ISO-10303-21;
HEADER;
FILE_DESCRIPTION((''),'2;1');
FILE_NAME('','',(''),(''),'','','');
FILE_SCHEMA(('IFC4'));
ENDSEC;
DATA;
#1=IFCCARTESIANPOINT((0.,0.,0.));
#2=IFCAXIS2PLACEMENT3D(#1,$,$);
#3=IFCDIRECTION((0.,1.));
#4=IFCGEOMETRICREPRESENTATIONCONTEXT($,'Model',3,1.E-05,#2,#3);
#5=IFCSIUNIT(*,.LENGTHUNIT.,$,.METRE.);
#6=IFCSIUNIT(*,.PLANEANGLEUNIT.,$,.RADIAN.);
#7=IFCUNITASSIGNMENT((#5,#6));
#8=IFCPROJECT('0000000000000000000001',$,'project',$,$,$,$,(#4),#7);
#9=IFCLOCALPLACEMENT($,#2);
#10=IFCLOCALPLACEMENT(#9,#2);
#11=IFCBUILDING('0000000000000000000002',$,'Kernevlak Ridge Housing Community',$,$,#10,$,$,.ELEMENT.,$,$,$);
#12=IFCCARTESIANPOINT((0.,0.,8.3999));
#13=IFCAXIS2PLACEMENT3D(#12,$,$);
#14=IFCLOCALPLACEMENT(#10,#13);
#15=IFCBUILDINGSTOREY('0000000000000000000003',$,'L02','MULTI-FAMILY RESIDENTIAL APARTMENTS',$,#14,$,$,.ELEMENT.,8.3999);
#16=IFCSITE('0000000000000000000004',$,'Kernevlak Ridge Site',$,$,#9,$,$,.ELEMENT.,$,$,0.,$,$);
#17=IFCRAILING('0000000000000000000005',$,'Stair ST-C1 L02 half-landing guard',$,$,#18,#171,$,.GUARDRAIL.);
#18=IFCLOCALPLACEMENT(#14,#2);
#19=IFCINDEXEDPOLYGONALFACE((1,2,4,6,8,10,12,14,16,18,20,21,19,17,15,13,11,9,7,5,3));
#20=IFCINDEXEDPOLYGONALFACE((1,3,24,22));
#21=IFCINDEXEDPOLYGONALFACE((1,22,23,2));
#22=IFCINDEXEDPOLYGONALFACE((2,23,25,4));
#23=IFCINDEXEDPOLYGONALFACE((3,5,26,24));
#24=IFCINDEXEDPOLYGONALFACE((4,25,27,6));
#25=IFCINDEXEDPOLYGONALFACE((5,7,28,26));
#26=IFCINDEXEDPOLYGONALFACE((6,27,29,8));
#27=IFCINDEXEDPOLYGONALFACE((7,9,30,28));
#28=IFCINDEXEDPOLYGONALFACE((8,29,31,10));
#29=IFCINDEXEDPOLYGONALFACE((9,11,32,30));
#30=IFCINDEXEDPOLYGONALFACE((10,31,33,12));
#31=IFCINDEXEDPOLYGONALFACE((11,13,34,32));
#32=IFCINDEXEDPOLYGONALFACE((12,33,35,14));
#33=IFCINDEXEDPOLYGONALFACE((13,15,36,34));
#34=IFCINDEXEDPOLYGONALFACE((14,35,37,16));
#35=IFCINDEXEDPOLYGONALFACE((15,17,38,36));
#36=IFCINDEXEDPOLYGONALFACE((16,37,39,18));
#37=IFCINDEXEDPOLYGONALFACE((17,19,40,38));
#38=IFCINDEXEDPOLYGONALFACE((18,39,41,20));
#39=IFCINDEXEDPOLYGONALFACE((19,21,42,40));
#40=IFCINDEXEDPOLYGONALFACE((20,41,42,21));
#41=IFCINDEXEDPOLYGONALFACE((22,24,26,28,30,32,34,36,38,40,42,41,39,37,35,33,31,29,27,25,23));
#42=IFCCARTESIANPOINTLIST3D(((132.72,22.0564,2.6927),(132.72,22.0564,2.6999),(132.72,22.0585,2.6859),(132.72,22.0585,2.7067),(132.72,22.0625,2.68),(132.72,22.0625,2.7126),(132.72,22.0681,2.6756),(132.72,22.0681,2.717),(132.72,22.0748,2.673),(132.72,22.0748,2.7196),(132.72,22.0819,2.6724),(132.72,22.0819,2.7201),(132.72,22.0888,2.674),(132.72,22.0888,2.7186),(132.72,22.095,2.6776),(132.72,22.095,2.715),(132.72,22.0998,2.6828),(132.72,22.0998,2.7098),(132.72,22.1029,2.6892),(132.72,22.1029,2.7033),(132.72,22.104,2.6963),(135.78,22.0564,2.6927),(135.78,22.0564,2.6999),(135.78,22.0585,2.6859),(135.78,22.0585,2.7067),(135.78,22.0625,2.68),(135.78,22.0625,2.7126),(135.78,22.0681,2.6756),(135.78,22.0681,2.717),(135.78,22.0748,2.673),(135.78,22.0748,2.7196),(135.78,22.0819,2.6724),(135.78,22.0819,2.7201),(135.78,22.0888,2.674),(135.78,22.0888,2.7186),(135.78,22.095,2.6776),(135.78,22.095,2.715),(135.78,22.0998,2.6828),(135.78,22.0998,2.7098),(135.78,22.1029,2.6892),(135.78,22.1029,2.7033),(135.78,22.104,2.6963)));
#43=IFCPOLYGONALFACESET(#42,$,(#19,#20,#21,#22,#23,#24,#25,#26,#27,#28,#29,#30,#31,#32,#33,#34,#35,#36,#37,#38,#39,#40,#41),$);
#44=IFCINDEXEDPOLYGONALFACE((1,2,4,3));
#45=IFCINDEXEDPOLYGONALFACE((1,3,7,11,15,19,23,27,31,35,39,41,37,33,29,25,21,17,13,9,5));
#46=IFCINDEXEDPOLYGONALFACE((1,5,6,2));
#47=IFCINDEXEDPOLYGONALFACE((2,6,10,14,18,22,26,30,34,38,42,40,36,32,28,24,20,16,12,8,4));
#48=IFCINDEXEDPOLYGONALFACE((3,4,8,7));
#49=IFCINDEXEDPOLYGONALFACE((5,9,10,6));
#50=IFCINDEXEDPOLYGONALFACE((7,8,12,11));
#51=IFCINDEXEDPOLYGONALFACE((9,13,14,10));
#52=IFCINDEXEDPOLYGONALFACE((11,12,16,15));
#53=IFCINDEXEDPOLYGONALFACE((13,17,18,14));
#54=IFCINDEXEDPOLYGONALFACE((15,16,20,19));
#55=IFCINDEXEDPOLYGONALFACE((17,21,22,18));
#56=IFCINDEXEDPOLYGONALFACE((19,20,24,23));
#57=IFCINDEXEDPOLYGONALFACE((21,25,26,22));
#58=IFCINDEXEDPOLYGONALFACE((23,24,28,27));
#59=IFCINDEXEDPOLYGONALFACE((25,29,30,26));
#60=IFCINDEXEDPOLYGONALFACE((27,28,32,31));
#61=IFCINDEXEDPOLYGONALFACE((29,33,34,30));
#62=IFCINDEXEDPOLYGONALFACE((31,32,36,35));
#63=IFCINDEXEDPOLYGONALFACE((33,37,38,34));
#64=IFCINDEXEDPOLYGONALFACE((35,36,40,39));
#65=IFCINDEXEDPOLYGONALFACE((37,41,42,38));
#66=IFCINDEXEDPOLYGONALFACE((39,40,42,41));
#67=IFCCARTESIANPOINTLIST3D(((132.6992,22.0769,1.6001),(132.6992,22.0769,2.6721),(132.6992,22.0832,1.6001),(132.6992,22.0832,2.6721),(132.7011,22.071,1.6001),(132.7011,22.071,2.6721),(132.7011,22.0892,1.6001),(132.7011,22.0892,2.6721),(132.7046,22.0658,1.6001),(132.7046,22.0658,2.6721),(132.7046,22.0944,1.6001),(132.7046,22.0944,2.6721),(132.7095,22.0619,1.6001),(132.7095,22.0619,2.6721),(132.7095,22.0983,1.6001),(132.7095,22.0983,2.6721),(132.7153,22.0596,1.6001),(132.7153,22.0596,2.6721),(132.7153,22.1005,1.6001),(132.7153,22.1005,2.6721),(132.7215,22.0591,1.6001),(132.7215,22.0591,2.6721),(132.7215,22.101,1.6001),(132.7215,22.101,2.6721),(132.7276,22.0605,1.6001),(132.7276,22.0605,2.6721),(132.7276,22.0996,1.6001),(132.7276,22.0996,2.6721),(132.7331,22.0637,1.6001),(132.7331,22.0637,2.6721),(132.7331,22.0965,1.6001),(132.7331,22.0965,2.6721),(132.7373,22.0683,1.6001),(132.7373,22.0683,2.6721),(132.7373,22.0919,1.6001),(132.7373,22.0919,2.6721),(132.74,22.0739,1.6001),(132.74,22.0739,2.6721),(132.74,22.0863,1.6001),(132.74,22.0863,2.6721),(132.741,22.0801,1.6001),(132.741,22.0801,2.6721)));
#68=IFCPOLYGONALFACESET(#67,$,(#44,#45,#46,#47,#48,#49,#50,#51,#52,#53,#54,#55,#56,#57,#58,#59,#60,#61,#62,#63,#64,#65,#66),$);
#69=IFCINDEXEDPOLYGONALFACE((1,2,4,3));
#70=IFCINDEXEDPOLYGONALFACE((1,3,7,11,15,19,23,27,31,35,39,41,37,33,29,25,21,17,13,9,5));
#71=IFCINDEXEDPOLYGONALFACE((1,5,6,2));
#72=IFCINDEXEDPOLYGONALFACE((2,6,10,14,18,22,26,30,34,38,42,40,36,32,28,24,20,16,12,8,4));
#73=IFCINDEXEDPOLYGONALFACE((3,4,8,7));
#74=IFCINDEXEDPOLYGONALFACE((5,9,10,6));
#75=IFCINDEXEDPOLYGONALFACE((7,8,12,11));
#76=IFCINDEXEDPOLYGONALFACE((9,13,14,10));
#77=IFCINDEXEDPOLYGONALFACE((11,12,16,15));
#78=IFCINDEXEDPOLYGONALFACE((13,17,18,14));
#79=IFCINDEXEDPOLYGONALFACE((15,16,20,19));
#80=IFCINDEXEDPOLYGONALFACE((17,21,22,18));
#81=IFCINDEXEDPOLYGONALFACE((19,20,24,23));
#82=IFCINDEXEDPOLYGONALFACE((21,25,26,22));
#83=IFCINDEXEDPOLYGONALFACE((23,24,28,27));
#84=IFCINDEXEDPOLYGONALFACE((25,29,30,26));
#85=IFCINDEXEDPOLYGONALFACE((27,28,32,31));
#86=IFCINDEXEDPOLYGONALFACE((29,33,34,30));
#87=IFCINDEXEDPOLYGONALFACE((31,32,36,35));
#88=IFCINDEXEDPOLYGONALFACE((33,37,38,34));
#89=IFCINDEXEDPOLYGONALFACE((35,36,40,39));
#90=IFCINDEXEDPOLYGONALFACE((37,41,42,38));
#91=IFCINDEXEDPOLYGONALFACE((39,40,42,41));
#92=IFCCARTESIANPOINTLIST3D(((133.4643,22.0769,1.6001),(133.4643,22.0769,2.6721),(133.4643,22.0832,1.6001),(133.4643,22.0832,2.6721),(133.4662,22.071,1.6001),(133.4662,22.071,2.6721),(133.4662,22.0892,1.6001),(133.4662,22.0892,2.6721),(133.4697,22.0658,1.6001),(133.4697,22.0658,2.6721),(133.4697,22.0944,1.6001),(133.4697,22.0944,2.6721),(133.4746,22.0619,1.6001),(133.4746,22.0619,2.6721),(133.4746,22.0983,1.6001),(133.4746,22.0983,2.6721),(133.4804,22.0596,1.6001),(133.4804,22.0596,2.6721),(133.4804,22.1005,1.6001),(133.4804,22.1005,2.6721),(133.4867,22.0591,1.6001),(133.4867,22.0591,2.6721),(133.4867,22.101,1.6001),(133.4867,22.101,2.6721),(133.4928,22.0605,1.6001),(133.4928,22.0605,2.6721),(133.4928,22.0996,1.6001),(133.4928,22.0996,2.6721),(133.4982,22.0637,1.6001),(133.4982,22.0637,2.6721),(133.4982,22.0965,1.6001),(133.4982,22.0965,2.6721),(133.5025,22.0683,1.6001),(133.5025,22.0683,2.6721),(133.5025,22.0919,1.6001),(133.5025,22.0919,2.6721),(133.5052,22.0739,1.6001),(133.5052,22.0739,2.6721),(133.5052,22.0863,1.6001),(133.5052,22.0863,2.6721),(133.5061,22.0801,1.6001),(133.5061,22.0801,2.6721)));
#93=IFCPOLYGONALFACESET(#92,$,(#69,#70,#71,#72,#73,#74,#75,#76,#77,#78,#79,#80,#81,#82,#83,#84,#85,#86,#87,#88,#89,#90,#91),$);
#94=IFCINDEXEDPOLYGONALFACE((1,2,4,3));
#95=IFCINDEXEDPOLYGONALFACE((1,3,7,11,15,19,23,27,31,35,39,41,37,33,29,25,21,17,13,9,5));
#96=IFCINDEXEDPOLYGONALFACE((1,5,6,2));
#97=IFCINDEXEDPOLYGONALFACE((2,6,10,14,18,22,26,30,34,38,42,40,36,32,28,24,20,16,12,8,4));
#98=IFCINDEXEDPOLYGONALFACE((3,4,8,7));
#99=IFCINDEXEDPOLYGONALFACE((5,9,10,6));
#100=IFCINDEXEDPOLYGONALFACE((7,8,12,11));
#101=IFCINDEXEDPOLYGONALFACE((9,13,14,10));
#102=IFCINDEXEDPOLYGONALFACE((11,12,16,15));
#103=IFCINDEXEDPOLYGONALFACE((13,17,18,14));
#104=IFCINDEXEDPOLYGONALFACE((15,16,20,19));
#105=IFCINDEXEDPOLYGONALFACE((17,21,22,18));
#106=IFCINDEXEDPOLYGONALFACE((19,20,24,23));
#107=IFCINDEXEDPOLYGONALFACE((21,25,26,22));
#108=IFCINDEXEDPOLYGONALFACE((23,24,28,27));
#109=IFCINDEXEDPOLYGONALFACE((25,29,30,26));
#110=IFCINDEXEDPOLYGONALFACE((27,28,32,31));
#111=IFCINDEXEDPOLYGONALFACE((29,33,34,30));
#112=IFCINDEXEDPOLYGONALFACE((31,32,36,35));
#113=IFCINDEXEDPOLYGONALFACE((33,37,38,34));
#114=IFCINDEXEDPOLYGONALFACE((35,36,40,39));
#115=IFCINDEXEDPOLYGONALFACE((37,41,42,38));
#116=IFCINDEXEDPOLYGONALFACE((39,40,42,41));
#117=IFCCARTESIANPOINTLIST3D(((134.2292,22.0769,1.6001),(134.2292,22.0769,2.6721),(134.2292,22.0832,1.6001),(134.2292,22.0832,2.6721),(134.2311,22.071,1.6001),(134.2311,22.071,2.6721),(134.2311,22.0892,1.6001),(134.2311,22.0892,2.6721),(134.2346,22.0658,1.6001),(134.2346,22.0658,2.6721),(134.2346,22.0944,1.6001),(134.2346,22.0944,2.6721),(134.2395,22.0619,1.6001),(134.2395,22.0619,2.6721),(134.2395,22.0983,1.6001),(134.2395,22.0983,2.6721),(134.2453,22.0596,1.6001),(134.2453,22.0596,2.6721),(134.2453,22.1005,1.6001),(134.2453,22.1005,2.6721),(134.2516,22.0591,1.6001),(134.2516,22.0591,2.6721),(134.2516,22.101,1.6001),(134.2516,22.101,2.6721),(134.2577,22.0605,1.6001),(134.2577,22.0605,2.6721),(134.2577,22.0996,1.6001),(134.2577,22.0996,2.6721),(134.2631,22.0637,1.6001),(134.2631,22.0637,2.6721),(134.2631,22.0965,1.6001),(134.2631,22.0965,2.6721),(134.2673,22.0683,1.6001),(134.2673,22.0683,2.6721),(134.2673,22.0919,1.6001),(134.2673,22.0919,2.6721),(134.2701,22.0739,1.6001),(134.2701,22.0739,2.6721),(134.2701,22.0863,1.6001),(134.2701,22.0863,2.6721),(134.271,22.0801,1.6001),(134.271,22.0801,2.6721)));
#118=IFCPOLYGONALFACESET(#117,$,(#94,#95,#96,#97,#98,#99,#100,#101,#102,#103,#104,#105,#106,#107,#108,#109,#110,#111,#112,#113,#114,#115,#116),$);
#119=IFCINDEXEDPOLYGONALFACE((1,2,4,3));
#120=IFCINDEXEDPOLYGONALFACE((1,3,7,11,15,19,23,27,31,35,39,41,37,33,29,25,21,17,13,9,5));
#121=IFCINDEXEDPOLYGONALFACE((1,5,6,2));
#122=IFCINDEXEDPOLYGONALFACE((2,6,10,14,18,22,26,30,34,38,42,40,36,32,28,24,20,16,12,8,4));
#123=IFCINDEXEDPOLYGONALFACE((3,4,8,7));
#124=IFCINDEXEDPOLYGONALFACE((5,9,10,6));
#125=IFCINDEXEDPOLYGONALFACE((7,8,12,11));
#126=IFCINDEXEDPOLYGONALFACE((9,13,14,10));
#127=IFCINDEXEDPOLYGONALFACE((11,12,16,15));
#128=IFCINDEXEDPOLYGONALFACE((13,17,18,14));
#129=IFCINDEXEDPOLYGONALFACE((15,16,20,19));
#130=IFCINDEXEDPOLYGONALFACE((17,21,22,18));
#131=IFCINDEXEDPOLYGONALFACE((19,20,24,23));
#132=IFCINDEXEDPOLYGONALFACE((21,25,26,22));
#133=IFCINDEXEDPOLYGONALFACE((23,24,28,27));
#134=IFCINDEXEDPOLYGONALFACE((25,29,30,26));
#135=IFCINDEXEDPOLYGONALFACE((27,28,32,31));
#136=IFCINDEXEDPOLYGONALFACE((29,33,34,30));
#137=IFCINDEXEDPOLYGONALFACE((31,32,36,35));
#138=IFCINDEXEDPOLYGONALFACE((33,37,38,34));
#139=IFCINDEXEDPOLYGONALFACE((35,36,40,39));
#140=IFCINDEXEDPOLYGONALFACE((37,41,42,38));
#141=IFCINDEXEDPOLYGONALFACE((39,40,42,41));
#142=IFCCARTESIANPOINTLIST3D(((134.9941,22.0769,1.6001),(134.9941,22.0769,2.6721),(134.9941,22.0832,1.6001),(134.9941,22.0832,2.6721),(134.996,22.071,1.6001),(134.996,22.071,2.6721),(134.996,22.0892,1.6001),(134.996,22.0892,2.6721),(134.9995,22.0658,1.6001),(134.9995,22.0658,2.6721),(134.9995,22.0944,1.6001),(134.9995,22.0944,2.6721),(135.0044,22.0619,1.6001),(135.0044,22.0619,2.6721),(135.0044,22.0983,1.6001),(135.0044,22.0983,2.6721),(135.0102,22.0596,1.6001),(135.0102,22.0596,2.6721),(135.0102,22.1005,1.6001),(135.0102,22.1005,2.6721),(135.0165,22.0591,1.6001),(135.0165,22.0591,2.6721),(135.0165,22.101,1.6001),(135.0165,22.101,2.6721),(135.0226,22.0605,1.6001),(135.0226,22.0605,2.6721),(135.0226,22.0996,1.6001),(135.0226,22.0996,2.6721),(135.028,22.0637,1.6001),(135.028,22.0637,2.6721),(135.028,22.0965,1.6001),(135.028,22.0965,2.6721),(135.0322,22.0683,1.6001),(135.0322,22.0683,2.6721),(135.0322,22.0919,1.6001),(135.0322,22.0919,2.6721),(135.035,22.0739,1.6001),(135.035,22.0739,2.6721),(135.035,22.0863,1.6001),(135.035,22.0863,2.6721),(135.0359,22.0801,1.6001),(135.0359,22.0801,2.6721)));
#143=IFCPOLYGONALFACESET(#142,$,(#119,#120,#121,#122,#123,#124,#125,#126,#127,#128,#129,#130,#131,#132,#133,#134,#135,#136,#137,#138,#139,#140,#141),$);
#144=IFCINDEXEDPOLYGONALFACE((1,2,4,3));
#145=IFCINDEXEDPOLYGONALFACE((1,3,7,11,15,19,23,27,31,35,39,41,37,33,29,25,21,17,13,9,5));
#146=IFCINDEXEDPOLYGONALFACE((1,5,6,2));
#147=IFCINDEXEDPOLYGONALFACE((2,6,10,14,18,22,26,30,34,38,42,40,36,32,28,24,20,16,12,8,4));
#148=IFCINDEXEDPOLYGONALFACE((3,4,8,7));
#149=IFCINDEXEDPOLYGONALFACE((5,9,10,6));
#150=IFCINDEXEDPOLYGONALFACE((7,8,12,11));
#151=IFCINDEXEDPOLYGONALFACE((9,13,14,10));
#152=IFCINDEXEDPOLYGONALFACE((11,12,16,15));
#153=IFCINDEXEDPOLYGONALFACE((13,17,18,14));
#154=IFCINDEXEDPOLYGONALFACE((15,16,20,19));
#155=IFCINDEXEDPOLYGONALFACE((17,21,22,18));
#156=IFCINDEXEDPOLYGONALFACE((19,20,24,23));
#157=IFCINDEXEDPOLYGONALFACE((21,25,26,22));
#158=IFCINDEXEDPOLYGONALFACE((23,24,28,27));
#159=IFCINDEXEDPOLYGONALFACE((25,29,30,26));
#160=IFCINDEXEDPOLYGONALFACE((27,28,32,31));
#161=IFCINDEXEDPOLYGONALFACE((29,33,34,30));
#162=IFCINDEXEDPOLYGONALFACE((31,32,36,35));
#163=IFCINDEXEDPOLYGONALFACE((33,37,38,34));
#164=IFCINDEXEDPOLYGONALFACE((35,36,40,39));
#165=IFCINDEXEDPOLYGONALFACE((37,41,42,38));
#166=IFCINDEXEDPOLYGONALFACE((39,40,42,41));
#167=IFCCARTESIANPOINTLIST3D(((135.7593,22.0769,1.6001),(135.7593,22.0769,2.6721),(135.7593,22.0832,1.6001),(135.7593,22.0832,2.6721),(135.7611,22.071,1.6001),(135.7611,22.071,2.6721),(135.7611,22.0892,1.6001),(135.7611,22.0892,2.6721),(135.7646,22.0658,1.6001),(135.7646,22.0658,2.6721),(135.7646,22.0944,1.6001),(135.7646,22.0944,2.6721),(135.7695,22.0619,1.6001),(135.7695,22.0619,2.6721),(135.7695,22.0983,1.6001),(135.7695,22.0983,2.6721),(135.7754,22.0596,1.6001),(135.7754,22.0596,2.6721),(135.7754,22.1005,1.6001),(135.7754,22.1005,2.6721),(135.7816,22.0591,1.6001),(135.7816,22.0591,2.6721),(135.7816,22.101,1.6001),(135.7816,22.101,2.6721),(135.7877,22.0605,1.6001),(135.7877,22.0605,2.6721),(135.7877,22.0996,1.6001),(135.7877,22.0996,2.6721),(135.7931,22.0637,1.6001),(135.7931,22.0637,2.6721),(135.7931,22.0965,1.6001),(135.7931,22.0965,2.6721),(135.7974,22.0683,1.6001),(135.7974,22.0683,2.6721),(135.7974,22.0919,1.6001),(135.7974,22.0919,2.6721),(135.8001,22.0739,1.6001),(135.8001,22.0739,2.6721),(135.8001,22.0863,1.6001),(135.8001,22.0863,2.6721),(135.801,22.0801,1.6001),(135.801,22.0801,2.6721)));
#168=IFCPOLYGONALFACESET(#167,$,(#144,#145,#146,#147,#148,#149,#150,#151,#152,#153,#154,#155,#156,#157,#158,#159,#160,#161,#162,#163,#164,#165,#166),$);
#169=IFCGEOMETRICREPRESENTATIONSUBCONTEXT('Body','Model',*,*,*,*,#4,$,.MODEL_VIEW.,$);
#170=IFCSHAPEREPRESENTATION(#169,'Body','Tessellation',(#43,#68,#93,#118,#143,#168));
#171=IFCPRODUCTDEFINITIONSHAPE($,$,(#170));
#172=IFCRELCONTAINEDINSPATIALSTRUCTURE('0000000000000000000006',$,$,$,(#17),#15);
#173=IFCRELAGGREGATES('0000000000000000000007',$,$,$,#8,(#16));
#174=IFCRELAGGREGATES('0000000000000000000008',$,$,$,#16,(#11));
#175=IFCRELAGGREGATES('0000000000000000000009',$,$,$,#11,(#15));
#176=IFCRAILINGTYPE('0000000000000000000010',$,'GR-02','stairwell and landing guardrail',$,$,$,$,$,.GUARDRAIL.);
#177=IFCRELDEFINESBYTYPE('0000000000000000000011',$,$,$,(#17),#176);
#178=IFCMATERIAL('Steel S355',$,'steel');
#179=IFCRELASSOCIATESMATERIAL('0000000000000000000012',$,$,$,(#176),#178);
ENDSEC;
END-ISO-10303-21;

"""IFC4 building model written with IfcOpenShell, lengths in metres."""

from ifc_helpers import new_model, si_unit, direction, frame, origin, origin_2d, place, context, subcontext, project, spatial, circle, extrude, material, type_object, element, save


model = new_model("IFC4")

# Units and contexts
model_context = context("Model", 3, precision=1e-05, world=origin(), true_north=direction((0.0, 1.0)))
body_context = subcontext(model_context, "Body", "Model", "MODEL_VIEW")
ifc_project = project(units=[si_unit("LENGTHUNIT", "METRE"), si_unit("PLANEANGLEUNIT", "RADIAN")], contexts=[model_context])

# Site, building, storey
site_placement = place(None, origin())
site = spatial("IfcSite", under=ifc_project, at=site_placement, Name="Kernevlak Ridge Site", CompositionType="ELEMENT", RefElevation=0.0)
building_placement = place(site_placement, origin())
building = spatial("IfcBuilding", under=site, at=building_placement, Name="Kernevlak Ridge Housing Community", CompositionType="ELEMENT")
storey_placement = place(building_placement, frame((0.0, 0.0, 8.3999)))
storey = spatial("IfcBuildingStorey", under=building, at=storey_placement, Name="L02", Description="MULTI-FAMILY RESIDENTIAL APARTMENTS", CompositionType="ELEMENT", Elevation=8.3999)

# Railing
ifc_material_1 = material(Name="Steel S355", Category="steel")
railing_type_1 = type_object("IfcRailingType", Name="GR-02", Description="stairwell and landing guardrail", PredefinedType="GUARDRAIL", material=ifc_material_1)
railing_1_placement = place(storey_placement, frame((132.72, 22.0801, 1.6001)))
element("IfcRailing", 1, at=railing_1_placement, inside=storey, type_object=railing_type_1, Name="Stair ST-C1 L02 half-landing guard", PredefinedType="GUARDRAIL", context=body_context, shape_type="SweptSolid", body=[
    extrude(circle(Radius=0.0239, at=origin_2d()), frame((0.0, 0.0, 1.0962), z_axis=(1.0, 0.0, 0.0), x_axis=(0.0, 1.0, 0.0)), (0.0, 0.0, 1.0), 3.0601),
    extrude(circle(Radius=0.021, at=origin_2d()), origin(), (0.0, 0.0, 1.0), 1.072),
    extrude(circle(Radius=0.021, at=origin_2d()), frame((0.7651, 0.0, 0.0)), (0.0, 0.0, 1.0), 1.072),
    extrude(circle(Radius=0.021, at=origin_2d()), frame((1.53, 0.0, 0.0)), (0.0, 0.0, 1.0), 1.072),
    extrude(circle(Radius=0.021, at=origin_2d()), frame((2.2949, 0.0, 0.0)), (0.0, 0.0, 1.0), 1.072),
    extrude(circle(Radius=0.021, at=origin_2d()), frame((3.0601, 0.0, 0.0)), (0.0, 0.0, 1.0), 1.072),
])

save(model, "model.ifc")
